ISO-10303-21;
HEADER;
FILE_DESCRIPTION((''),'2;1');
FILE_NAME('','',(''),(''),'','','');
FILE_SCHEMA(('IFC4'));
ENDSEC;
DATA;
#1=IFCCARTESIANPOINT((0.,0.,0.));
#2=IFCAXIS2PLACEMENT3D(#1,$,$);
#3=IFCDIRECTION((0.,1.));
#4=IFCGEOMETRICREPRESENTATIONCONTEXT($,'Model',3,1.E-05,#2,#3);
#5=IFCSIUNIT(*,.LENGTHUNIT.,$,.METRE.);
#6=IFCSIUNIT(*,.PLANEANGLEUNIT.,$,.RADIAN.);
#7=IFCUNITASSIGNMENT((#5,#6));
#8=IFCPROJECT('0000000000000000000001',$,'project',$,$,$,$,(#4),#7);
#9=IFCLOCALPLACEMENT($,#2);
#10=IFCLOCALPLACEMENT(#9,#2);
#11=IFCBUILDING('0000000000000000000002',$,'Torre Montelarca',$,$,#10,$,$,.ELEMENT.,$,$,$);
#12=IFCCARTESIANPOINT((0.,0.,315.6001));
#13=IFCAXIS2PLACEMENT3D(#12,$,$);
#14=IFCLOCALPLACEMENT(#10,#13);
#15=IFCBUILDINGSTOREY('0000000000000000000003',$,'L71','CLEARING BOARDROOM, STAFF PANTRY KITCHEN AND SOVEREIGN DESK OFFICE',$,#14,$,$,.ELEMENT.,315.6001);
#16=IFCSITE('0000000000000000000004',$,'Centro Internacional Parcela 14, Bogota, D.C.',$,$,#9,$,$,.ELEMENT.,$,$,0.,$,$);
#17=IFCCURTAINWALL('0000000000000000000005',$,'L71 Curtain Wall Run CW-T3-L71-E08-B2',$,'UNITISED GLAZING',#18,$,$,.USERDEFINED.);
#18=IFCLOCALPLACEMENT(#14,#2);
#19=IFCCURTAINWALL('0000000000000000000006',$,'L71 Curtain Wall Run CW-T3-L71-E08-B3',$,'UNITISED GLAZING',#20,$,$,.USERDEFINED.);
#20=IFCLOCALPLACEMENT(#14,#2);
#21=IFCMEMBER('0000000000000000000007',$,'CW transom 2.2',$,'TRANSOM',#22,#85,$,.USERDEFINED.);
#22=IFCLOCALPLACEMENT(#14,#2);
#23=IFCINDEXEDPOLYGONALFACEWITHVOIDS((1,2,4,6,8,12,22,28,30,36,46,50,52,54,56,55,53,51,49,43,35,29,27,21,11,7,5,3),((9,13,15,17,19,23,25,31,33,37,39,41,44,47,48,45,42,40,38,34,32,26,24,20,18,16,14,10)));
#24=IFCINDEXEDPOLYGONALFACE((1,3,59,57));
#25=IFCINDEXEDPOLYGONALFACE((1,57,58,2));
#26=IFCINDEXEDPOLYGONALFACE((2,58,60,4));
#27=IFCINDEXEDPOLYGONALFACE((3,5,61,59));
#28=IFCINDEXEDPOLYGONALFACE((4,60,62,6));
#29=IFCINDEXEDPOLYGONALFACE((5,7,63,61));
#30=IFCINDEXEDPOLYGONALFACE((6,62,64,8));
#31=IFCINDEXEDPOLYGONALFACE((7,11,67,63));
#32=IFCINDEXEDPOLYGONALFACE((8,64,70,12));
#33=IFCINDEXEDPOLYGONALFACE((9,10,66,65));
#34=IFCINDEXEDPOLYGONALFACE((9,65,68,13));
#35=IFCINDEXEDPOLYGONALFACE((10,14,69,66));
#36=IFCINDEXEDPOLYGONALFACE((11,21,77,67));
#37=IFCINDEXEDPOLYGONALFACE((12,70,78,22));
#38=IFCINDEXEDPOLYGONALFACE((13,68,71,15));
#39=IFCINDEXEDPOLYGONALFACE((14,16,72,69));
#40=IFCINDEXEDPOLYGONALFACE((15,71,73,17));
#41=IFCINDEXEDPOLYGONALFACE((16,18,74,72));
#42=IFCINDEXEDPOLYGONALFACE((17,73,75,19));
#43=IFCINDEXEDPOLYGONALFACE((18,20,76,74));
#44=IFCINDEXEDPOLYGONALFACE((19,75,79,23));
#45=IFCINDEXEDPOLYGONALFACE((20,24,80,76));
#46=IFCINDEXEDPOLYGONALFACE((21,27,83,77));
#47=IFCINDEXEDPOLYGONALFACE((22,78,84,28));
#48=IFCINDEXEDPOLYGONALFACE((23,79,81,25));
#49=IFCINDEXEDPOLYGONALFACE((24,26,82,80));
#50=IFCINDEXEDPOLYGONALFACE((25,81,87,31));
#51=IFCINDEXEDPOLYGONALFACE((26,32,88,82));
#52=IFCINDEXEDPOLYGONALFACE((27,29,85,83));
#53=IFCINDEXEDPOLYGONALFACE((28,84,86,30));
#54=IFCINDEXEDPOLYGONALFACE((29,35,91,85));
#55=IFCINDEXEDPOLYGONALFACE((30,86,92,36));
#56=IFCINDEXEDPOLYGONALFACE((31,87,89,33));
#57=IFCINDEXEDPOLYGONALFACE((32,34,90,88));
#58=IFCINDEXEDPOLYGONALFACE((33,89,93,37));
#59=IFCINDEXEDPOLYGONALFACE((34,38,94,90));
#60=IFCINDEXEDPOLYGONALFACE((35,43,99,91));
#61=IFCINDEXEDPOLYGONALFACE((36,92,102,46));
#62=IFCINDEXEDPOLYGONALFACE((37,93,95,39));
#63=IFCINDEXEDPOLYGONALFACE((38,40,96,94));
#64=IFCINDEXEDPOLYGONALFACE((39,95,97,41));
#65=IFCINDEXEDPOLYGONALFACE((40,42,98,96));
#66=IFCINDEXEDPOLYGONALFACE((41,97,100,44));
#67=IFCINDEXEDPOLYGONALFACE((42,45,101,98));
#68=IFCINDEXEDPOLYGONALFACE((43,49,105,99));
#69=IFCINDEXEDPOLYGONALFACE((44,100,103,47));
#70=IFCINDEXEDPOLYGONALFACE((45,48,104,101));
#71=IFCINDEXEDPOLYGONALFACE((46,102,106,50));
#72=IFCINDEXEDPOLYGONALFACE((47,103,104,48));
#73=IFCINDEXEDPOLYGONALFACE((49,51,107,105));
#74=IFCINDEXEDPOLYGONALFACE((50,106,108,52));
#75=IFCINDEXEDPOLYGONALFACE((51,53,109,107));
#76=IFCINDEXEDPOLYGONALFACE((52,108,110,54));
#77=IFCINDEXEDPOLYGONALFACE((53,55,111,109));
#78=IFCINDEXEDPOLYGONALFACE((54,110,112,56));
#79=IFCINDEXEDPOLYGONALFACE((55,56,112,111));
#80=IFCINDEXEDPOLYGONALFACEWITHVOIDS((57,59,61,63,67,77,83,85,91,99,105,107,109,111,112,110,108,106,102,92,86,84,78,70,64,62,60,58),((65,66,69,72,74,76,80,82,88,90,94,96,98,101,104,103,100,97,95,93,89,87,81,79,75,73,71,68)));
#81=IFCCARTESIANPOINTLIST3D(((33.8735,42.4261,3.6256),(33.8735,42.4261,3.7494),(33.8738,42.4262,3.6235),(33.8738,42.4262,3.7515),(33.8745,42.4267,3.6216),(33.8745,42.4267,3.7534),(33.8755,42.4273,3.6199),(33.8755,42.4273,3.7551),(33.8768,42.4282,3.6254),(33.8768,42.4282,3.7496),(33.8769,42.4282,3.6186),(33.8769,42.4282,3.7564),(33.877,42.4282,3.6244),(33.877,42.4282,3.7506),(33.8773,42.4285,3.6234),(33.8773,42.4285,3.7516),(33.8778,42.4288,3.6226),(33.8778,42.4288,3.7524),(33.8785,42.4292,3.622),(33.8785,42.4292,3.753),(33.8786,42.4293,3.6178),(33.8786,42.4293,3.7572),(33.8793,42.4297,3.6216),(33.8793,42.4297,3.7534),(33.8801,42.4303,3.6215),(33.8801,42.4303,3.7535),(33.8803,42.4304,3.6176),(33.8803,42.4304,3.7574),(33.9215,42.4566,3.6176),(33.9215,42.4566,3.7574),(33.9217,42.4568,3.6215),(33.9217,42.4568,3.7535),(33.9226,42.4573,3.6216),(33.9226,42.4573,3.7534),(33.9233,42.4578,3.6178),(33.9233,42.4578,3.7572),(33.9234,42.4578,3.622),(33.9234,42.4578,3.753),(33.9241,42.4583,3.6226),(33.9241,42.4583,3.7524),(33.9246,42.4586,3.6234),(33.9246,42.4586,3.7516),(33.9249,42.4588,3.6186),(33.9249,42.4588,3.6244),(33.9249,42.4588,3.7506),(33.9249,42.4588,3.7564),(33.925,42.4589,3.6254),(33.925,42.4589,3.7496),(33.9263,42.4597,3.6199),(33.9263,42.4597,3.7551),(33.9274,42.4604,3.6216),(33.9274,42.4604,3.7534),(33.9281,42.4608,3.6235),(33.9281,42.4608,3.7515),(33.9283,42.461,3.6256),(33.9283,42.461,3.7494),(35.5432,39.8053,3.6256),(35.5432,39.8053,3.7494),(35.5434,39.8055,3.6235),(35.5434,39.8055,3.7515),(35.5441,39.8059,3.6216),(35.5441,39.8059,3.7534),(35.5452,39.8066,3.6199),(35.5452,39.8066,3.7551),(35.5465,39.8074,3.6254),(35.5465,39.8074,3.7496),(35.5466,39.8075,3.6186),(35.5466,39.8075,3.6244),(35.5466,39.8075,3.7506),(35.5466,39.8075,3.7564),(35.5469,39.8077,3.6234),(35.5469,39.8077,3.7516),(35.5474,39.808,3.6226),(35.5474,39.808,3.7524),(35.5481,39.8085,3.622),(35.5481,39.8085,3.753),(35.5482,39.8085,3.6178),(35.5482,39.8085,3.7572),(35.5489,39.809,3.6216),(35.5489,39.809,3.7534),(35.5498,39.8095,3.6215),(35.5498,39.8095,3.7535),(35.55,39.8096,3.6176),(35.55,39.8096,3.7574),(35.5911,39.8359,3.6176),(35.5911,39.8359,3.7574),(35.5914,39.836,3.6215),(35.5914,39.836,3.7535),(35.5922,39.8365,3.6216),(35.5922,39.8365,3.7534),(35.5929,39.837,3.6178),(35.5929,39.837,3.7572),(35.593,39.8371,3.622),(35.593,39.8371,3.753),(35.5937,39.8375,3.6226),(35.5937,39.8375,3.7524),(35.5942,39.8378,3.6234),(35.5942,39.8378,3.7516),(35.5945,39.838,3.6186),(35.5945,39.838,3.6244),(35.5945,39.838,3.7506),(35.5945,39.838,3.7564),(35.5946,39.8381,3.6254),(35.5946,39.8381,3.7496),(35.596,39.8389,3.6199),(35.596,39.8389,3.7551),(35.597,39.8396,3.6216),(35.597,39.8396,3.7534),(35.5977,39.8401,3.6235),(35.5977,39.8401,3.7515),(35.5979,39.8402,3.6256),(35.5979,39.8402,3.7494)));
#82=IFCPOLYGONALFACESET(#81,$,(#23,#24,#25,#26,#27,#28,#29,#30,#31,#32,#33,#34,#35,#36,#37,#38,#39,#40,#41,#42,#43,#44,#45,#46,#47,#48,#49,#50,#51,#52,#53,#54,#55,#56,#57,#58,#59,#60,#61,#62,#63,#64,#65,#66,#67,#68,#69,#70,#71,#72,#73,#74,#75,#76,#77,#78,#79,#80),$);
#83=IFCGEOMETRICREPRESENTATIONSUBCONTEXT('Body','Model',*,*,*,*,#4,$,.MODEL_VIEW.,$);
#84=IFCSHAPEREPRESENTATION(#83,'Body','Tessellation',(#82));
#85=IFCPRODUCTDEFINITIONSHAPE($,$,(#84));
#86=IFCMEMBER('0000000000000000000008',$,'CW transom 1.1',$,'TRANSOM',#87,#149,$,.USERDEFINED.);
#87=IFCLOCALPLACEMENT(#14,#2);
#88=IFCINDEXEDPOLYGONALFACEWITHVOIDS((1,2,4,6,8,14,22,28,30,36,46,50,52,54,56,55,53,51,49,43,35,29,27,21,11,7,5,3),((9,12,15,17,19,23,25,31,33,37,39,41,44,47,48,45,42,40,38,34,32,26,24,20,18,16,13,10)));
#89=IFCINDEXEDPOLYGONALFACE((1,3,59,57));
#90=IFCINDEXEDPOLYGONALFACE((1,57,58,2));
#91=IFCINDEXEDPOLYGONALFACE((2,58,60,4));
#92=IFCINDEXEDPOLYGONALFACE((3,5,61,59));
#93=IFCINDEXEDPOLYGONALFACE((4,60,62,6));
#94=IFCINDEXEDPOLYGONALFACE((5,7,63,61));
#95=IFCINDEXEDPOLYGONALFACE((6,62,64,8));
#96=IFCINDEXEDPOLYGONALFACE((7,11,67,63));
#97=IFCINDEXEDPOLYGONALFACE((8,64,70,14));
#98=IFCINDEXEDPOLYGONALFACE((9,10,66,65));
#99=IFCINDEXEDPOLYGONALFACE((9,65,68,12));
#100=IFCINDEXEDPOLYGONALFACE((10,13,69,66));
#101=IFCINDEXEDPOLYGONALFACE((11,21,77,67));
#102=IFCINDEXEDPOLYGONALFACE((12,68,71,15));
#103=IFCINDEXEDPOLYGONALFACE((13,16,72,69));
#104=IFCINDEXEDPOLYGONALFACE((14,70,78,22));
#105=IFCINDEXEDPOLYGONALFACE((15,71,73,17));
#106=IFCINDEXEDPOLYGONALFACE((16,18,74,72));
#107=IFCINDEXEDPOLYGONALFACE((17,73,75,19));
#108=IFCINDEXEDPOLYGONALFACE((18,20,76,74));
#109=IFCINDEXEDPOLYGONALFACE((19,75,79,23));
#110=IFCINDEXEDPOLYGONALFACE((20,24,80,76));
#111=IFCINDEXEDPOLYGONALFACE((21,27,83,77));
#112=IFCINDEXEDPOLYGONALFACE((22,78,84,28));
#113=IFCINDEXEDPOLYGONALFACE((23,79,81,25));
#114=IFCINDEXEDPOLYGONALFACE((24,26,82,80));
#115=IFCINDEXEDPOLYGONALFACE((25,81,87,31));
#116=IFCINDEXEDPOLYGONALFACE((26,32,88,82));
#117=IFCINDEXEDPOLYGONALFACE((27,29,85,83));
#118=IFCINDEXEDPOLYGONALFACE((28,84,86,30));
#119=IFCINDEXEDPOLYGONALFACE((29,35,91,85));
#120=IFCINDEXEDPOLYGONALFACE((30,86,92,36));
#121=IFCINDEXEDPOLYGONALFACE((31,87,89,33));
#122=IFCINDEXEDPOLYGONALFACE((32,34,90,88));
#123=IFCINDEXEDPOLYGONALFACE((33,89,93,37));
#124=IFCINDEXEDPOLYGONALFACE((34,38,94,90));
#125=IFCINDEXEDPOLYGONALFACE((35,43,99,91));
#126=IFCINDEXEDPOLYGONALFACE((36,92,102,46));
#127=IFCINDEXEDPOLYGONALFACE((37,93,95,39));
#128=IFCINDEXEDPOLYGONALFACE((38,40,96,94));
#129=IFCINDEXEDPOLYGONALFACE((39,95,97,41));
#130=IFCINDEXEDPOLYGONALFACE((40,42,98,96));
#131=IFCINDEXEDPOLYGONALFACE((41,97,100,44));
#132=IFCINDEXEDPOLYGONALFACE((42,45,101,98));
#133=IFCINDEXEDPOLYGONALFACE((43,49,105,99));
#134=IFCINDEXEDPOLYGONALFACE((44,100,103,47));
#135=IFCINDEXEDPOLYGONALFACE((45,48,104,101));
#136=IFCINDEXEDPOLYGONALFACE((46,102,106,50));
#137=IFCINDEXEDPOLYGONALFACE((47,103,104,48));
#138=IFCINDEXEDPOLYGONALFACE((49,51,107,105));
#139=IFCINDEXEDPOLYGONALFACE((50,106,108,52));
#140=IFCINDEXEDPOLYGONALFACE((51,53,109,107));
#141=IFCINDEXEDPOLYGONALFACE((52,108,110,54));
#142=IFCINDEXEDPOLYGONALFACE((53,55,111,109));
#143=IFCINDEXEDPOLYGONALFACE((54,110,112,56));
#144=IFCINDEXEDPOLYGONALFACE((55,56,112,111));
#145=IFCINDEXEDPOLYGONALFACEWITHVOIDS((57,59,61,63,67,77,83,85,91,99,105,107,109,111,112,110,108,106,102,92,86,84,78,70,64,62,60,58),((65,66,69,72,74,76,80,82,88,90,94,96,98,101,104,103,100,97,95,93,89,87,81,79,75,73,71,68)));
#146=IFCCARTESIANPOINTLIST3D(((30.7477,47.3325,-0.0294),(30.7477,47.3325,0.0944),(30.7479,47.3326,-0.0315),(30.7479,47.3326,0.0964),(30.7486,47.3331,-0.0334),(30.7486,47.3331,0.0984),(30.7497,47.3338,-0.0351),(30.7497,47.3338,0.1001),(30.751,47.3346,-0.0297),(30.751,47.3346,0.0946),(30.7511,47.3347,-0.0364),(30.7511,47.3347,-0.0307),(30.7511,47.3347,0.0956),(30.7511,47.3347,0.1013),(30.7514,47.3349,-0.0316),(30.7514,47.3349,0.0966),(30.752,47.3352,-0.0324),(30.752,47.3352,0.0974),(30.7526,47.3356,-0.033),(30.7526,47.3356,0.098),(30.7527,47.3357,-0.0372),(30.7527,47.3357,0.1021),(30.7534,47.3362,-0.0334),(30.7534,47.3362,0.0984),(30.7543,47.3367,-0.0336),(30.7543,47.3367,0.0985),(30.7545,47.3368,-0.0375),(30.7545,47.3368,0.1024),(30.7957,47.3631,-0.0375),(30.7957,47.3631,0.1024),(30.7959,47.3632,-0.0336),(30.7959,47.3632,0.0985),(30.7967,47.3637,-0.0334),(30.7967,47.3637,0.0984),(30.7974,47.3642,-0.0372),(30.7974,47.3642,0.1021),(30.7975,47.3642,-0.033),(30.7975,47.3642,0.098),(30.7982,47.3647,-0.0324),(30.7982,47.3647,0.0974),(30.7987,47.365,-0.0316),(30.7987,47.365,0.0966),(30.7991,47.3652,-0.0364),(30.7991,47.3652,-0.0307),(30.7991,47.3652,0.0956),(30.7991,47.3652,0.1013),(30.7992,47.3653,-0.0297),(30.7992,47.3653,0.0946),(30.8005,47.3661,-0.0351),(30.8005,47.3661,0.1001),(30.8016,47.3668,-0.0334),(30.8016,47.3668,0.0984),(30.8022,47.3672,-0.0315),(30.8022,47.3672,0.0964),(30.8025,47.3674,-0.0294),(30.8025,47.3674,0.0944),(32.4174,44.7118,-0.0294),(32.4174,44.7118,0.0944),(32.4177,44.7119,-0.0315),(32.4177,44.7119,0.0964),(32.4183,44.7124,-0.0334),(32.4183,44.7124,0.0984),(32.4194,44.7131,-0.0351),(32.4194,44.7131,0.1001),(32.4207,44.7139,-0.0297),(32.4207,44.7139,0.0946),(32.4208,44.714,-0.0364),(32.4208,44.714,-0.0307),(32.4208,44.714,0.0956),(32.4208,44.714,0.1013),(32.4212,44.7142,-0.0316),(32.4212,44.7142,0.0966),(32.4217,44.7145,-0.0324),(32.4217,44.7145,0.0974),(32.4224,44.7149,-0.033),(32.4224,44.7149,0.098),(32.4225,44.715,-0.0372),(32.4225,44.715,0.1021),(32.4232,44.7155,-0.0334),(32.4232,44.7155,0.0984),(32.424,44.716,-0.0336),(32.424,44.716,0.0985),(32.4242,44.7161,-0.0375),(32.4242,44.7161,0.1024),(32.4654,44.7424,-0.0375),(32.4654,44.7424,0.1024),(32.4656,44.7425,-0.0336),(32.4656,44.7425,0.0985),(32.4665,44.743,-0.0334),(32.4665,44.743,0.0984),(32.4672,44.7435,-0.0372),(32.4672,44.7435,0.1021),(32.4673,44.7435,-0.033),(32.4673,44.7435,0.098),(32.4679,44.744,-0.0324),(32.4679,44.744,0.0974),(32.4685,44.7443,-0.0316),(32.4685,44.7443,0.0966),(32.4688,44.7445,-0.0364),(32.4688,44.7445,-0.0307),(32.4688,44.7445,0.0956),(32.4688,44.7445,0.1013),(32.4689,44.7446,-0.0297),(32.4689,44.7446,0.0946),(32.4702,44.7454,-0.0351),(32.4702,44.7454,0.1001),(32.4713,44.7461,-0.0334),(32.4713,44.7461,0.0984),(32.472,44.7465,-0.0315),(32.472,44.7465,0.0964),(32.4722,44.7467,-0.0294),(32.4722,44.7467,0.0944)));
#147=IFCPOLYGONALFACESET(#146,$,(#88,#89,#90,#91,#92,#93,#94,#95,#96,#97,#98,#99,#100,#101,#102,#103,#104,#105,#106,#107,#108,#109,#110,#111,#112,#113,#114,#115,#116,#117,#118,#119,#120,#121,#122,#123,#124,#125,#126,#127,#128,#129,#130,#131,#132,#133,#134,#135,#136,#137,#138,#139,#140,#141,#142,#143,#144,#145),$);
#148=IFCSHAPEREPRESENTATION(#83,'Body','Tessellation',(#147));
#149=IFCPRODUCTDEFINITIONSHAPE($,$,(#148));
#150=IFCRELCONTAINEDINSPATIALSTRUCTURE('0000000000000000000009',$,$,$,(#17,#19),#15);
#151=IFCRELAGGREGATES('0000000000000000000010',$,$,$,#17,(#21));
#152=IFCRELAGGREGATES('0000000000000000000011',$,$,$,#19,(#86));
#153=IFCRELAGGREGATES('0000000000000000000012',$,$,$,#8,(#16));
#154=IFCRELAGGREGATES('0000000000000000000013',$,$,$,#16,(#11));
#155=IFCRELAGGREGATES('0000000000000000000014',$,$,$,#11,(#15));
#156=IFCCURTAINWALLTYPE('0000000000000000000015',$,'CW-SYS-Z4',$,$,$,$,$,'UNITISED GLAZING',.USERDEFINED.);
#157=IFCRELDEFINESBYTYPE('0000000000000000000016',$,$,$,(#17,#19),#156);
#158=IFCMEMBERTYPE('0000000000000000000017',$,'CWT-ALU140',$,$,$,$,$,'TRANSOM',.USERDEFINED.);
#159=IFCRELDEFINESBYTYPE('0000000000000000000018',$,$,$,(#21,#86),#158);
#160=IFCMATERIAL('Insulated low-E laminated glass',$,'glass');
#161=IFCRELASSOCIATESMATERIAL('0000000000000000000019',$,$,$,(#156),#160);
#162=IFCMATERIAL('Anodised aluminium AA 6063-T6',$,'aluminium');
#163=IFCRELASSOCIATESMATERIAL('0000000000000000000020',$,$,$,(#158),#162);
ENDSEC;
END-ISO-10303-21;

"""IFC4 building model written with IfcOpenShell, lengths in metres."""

from ifc_helpers import new_model, si_unit, direction, frame, origin, origin_2d, place, context, subcontext, project, spatial, hollow_rectangle, extrude, source, transform, mapped, material, material_profile, profile_set, type_object, element, aggregate, save


model = new_model("IFC4")

# Units and contexts
model_context = context("Model", 3, precision=1e-05, world=origin(), true_north=direction((0.0, 1.0)))
body_context = subcontext(model_context, "Body", "Model", "MODEL_VIEW")
ifc_project = project(units=[si_unit("LENGTHUNIT", "METRE"), si_unit("PLANEANGLEUNIT", "RADIAN")], contexts=[model_context])

# Site, building, storey
site_placement = place(None, origin())
site = spatial("IfcSite", under=ifc_project, at=site_placement, Name="Centro Internacional Parcela 14, Bogota, D.C.", CompositionType="ELEMENT", RefElevation=0.0)
building_placement = place(site_placement, origin())
building = spatial("IfcBuilding", under=site, at=building_placement, Name="Torre Montelarca", CompositionType="ELEMENT")
storey_placement = place(building_placement, frame((0.0, 0.0, 315.6001)))
storey = spatial("IfcBuildingStorey", under=building, at=storey_placement, Name="L71", Description="CLEARING BOARDROOM, STAFF PANTRY KITCHEN AND SOVEREIGN DESK OFFICE", CompositionType="ELEMENT", Elevation=315.6001)

# Shared definitions
ifc_material_1 = material(Name="Insulated low-E laminated glass", Category="glass")
curtain_wall_type = type_object("IfcCurtainWallType", Name="CW-SYS-Z4", ElementType="UNITISED GLAZING", PredefinedType="USERDEFINED", material=ifc_material_1)
ifc_material_2 = material(Name="Anodised aluminium AA 6063-T6", Category="aluminium")

# Curtain walls
curtain_wall_1_placement = place(storey_placement, origin())
curtain_wall_1 = element("IfcCurtainWall", 1, at=curtain_wall_1_placement, inside=storey, type_object=curtain_wall_type, Name="L71 Curtain Wall Run CW-T3-L71-E08-B2", ObjectType="UNITISED GLAZING", PredefinedType="USERDEFINED")
curtain_wall_2_placement = place(storey_placement, origin())
curtain_wall_2 = element("IfcCurtainWall", 2, at=curtain_wall_2_placement, inside=storey, type_object=curtain_wall_type, Name="L71 Curtain Wall Run CW-T3-L71-E08-B3", ObjectType="UNITISED GLAZING", PredefinedType="USERDEFINED")

# Members
ifc_material_profile_1 = material_profile(ifc_material_2, hollow_rectangle(XDim=0.0649, YDim=0.1399, WallThickness=0.0039, InnerFilletRadius=0.0039, OuterFilletRadius=0.0081, at=origin_2d()), Name="ALU65X140X4", Category="aluminium")
ifc_profile_set_1 = profile_set([ifc_material_profile_1], Name="Anodised aluminium AA 6063-T6")
member_type_1 = type_object("IfcMemberType", Name="CWT-ALU140", ElementType="TRANSOM", PredefinedType="USERDEFINED", material=ifc_profile_set_1)
shared_shape_1 = source(origin(), body_context, "Body", "SweptSolid", [
    extrude(hollow_rectangle(XDim=0.0649, YDim=0.1399, WallThickness=0.0039, InnerFilletRadius=0.0039, OuterFilletRadius=0.0081, at=origin_2d()), origin(), (0.0, 0.0, 1.0), 3.1074),
])
member_1_placement = place(storey_placement, frame((35.5706, 39.8228, 3.6875), z_axis=(-0.537302, 0.84339, 0.0), x_axis=(-0.84339, -0.537302, 0.0)))
member_1 = element("IfcMember", 3, at=member_1_placement, type_object=member_type_1, Name="CW transom 2.2", ObjectType="TRANSOM", PredefinedType="USERDEFINED", context=body_context, shape_type="MappedRepresentation", body=[
    mapped(shared_shape_1, transform((0.0, 0.0, 0.0), scale=1.0)),
])
member_2_placement = place(storey_placement, frame((32.4448, 44.7292, 0.0325), z_axis=(-0.537338, 0.843367, 0.0), x_axis=(-0.843367, -0.537338, 0.0)))
member_2 = element("IfcMember", 4, at=member_2_placement, type_object=member_type_1, Name="CW transom 1.1", ObjectType="TRANSOM", PredefinedType="USERDEFINED", context=body_context, shape_type="MappedRepresentation", body=[
    mapped(shared_shape_1, transform((0.0, 0.0, 0.0), scale=1.0)),
])

aggregate(curtain_wall_1, [member_1])
aggregate(curtain_wall_2, [member_2])

save(model, "model.ifc")
